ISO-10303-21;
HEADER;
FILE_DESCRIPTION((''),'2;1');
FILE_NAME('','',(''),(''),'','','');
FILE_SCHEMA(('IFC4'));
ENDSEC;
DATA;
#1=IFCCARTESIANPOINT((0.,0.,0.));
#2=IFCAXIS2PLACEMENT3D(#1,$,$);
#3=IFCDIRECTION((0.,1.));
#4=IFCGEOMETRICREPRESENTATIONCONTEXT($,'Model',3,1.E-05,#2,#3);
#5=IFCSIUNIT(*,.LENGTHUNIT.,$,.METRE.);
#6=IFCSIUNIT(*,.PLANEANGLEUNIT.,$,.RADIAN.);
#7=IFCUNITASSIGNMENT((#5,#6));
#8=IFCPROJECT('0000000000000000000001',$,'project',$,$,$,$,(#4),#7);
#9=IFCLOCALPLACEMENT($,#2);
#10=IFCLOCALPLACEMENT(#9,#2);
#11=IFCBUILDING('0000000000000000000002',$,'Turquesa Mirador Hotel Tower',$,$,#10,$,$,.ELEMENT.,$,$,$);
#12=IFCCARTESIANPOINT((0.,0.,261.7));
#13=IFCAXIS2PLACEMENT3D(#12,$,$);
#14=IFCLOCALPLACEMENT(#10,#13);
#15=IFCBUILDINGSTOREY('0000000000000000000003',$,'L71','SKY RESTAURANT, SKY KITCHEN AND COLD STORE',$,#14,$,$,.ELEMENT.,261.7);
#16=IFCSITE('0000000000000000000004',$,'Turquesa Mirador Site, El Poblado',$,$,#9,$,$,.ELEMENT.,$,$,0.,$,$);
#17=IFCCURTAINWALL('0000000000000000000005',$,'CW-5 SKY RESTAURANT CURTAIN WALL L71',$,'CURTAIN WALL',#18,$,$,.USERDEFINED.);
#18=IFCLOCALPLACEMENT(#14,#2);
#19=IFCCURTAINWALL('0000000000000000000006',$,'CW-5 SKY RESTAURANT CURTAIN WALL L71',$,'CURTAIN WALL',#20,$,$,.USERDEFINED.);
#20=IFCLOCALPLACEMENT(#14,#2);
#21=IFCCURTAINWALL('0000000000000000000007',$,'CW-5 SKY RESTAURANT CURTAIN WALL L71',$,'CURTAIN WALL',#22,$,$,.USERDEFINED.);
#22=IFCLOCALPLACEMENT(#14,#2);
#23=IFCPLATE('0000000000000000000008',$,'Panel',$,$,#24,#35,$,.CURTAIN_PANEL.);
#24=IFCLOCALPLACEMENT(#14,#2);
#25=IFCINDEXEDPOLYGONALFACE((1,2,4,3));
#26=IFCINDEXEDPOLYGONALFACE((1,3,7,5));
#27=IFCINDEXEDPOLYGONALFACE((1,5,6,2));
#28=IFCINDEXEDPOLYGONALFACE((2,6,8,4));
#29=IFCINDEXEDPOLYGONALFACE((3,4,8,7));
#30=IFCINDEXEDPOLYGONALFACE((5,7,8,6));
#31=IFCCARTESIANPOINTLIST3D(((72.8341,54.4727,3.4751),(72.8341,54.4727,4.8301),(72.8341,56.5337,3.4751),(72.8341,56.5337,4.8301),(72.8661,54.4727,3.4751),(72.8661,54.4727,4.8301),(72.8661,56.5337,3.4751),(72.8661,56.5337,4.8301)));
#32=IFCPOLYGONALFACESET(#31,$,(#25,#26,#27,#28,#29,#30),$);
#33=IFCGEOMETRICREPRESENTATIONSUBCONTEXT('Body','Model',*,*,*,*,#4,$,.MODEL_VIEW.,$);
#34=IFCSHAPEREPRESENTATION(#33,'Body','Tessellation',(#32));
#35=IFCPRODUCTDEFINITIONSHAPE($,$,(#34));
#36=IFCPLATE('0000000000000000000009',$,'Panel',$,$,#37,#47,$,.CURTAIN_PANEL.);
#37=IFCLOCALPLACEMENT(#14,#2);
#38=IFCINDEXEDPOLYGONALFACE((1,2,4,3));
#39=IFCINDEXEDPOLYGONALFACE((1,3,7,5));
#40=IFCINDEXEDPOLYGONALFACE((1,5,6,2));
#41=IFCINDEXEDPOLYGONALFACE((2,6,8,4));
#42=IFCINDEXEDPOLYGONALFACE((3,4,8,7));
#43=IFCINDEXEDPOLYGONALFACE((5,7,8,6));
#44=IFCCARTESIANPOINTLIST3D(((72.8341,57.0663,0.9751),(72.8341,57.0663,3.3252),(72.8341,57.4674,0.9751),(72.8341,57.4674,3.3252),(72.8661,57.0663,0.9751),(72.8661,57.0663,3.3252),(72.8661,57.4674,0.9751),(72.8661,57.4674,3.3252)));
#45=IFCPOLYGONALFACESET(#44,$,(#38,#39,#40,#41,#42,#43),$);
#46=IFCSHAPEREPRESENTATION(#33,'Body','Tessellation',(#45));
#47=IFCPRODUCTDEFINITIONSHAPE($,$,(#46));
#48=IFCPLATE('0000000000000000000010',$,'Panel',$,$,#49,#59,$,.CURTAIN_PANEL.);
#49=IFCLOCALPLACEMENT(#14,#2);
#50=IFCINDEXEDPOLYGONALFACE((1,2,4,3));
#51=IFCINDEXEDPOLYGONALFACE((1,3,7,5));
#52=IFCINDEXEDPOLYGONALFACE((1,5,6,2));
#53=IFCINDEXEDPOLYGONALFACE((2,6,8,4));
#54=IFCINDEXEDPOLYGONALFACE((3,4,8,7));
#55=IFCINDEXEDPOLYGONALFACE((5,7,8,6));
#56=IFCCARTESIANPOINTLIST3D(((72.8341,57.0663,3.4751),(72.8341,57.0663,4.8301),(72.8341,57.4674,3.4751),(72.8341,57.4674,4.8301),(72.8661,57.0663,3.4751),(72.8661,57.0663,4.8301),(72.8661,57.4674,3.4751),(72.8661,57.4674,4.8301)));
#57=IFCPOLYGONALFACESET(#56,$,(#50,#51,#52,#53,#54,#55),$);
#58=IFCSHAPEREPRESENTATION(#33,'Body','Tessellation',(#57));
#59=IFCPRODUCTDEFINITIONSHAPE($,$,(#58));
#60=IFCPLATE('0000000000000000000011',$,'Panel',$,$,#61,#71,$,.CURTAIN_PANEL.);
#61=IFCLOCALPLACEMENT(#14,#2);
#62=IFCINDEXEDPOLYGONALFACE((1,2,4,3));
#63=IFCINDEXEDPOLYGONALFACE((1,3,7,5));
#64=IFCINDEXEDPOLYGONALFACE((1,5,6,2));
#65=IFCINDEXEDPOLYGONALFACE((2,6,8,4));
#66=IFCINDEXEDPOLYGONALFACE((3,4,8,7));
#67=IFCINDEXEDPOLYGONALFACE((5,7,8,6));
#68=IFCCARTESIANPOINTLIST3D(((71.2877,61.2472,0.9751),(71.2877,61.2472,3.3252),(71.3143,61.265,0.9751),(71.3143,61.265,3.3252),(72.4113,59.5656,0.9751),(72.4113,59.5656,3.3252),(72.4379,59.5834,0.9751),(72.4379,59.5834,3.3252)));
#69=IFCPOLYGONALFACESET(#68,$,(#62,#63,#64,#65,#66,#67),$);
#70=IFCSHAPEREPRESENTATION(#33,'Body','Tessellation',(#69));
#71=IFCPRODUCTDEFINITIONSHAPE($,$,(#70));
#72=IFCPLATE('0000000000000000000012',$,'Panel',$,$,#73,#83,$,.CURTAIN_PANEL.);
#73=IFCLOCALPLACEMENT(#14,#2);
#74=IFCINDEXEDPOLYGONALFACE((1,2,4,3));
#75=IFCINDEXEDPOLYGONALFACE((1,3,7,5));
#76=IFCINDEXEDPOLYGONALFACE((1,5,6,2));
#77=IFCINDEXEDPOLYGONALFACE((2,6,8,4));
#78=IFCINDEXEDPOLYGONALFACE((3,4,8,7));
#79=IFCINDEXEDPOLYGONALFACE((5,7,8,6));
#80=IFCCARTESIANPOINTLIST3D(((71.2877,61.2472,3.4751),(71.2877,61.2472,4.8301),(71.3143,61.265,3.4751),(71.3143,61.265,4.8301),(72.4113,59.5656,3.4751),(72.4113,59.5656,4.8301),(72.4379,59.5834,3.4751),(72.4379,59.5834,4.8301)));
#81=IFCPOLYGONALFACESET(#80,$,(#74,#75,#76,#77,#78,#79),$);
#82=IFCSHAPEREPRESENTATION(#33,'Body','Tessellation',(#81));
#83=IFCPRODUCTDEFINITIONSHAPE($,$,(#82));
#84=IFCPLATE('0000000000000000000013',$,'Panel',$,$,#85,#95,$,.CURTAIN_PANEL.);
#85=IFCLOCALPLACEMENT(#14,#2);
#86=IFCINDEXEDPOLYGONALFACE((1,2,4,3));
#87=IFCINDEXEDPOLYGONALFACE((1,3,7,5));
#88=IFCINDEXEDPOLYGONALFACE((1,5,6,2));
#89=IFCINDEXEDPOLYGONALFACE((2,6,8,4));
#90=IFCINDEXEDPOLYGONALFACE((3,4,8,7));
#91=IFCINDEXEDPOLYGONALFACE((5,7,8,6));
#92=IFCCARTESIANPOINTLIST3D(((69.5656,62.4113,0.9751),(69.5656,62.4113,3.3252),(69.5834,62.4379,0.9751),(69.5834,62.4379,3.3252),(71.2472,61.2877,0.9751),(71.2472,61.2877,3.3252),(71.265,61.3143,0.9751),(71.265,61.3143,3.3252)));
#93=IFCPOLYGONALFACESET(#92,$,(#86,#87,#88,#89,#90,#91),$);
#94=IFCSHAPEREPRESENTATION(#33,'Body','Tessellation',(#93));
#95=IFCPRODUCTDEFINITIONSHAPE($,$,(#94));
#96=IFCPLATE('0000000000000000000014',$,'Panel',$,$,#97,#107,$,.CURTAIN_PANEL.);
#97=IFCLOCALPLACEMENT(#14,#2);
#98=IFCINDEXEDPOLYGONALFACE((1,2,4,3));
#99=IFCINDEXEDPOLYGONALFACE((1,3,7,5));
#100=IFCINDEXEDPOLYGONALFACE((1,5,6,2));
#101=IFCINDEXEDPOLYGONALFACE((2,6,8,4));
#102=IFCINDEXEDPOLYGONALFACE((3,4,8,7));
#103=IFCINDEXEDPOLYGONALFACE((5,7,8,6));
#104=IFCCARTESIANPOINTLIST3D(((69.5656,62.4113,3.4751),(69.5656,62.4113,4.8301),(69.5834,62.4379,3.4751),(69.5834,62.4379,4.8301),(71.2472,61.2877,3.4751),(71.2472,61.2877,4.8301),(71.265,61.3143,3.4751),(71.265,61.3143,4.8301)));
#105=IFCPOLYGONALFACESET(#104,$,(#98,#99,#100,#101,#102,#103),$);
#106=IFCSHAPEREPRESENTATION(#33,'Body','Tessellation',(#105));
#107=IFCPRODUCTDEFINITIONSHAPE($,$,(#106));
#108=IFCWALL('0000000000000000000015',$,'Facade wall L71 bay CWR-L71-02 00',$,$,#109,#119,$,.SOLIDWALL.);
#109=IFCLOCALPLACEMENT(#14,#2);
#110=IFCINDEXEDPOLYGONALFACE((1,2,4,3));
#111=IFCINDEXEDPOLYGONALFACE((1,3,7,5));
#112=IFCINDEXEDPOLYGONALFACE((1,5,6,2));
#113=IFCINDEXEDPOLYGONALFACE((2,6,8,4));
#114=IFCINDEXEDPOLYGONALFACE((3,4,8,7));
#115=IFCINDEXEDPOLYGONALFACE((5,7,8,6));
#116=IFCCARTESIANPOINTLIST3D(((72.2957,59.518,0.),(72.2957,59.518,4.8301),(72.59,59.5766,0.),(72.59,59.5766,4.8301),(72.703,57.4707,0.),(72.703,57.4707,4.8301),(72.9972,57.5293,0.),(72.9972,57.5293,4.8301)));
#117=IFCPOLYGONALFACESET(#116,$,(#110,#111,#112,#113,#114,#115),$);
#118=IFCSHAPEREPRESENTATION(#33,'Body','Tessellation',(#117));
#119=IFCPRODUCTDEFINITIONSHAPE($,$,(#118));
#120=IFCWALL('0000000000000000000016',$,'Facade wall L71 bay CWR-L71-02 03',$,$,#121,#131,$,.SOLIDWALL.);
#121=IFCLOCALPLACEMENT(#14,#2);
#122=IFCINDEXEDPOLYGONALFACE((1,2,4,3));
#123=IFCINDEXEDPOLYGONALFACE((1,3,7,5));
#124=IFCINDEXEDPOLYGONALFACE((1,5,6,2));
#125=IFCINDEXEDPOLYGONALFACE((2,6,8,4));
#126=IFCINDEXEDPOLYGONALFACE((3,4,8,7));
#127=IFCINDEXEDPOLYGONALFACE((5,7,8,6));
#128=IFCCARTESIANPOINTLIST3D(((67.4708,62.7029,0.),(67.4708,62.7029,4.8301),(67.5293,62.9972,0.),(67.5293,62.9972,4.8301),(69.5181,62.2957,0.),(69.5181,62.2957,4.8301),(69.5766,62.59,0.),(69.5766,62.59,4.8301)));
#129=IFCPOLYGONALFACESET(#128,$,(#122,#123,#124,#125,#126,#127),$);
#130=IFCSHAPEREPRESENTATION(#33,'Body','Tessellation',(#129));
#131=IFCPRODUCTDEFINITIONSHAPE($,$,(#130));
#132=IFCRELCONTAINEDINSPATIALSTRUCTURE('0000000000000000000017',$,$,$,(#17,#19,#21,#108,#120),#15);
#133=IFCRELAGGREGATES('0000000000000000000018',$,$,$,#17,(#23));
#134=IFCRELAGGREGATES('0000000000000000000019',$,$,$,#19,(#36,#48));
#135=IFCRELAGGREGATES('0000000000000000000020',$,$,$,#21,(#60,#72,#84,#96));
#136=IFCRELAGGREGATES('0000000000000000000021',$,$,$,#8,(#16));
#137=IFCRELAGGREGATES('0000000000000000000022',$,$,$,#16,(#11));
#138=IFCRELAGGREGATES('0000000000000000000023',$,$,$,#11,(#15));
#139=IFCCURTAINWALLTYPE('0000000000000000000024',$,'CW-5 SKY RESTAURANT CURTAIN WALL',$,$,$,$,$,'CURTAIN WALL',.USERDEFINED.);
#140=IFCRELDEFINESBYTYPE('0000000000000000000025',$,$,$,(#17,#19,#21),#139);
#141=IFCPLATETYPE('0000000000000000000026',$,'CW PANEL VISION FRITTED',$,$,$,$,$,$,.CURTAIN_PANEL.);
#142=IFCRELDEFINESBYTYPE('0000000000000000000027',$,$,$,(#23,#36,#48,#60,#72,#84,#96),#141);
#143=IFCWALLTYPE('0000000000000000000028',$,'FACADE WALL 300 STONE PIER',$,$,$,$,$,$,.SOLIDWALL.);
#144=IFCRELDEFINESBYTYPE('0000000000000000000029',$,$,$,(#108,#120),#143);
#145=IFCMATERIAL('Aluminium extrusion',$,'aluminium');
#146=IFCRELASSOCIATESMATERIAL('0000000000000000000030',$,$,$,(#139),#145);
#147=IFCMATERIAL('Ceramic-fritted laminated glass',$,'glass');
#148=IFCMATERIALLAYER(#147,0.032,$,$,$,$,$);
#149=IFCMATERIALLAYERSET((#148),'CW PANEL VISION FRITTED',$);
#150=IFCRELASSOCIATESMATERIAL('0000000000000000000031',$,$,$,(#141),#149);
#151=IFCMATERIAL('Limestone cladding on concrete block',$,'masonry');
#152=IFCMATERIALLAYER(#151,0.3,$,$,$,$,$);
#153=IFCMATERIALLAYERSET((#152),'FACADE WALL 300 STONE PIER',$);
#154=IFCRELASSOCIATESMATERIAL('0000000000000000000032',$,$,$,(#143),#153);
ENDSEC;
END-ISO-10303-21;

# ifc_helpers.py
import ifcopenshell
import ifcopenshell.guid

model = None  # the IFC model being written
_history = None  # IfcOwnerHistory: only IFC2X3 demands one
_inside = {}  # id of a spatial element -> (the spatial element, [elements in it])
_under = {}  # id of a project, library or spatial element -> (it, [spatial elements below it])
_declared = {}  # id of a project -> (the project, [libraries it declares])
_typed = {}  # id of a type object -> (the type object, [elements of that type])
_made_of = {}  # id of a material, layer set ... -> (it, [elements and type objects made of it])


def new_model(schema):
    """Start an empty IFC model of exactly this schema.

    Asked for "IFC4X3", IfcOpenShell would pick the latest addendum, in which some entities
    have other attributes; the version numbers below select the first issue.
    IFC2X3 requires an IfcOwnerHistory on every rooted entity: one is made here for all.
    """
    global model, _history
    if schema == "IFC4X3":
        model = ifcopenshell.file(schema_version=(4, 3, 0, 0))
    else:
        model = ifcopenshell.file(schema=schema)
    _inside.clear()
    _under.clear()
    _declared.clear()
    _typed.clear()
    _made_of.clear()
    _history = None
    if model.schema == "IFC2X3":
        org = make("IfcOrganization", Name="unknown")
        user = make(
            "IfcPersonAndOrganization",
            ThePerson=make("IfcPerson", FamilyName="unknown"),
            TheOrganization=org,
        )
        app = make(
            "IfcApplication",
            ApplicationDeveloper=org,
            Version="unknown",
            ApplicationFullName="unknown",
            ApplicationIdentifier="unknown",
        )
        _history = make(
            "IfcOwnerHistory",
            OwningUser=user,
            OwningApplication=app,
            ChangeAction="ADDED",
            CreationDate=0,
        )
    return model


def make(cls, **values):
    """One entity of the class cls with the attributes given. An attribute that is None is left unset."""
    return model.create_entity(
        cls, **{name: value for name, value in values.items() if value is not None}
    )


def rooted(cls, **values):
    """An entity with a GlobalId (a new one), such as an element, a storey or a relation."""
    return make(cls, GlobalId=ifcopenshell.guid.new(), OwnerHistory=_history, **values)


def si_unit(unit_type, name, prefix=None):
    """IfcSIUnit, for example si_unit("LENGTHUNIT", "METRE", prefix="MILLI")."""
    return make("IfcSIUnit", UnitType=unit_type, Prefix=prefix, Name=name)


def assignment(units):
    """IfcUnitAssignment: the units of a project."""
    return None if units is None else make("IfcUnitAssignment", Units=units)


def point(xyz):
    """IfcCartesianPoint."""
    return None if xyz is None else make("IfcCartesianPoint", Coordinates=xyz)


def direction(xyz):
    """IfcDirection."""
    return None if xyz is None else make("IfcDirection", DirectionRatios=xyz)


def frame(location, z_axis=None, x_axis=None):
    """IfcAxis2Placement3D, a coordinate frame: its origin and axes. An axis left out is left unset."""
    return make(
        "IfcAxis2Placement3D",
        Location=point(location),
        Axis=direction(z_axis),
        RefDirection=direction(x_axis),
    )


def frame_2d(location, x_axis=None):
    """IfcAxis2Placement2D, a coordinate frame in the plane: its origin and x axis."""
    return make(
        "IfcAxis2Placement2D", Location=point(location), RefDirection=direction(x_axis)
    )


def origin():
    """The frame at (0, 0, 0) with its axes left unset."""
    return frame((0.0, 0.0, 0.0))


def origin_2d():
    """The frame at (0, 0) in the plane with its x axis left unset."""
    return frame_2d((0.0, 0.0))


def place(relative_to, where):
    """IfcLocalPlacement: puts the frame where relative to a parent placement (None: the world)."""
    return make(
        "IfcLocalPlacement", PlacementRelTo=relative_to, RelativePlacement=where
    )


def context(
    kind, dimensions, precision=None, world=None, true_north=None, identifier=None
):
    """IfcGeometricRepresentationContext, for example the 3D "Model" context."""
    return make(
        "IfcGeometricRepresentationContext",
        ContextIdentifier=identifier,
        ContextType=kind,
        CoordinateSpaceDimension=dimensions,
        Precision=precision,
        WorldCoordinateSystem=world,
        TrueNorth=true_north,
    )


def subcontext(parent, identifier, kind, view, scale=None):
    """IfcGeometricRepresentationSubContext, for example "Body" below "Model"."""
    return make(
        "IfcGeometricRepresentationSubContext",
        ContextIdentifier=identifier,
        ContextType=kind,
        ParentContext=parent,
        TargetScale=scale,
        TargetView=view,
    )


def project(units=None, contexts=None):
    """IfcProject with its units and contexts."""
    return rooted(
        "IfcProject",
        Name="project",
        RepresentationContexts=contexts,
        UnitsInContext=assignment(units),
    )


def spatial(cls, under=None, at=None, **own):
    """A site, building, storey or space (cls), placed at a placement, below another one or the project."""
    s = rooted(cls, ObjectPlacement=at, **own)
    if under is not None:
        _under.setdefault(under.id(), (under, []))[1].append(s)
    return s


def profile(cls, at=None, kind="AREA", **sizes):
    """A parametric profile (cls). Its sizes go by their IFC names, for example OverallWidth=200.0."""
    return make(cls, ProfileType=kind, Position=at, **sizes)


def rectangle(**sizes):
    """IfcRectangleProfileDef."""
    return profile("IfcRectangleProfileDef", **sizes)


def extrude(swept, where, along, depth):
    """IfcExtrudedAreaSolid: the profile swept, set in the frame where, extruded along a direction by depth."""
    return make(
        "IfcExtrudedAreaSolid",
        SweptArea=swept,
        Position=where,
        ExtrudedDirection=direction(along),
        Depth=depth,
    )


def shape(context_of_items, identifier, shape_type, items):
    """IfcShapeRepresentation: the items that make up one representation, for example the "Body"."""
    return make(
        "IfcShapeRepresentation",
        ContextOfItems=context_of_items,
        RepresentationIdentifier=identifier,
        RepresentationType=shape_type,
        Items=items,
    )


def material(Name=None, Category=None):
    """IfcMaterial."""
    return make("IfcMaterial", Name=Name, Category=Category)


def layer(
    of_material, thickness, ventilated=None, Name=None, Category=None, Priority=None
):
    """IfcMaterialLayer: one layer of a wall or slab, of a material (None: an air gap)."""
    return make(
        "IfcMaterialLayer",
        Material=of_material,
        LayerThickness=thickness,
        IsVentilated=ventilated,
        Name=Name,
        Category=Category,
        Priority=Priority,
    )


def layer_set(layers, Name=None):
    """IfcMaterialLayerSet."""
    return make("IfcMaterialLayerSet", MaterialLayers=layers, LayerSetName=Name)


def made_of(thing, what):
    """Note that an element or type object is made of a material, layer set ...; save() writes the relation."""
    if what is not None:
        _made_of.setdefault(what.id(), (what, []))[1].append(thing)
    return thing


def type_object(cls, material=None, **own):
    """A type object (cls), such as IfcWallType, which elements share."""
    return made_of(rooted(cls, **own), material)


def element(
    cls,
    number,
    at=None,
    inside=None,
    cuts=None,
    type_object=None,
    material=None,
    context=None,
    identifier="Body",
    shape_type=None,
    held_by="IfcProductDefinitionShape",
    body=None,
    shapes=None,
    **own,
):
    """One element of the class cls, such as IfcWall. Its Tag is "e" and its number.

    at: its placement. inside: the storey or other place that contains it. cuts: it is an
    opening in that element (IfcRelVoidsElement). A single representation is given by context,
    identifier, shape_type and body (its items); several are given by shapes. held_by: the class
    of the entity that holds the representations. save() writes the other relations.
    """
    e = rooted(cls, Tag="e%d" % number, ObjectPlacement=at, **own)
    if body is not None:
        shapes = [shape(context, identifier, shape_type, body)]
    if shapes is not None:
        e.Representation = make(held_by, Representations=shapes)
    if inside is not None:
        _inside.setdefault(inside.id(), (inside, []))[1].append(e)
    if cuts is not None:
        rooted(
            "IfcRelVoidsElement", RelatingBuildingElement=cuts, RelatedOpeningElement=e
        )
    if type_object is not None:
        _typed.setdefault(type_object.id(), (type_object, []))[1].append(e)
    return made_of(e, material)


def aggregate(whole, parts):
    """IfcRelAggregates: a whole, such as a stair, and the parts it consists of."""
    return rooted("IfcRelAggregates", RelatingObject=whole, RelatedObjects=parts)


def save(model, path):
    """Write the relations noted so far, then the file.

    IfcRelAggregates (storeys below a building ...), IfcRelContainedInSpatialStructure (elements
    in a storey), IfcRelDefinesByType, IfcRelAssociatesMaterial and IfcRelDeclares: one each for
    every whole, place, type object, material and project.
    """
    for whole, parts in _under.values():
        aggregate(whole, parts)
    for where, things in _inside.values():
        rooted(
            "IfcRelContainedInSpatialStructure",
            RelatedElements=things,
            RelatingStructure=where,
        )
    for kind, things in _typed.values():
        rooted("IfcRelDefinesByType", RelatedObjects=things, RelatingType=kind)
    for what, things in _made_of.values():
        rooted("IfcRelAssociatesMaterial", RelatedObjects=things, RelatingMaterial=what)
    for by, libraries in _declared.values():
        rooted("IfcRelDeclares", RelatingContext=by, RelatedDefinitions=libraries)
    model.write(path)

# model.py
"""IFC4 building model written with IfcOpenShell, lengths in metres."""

from ifc_helpers import new_model, si_unit, direction, frame, frame_2d, origin, origin_2d, place, context, subcontext, project, spatial, rectangle, extrude, material, layer, layer_set, type_object, element, aggregate, save


model = new_model("IFC4")

# Units and contexts
model_context = context("Model", 3, precision=1e-05, world=origin(), true_north=direction((0.0, 1.0)))
body_context = subcontext(model_context, "Body", "Model", "MODEL_VIEW")
ifc_project = project(units=[si_unit("LENGTHUNIT", "METRE"), si_unit("PLANEANGLEUNIT", "RADIAN")], contexts=[model_context])

# Site, building, storey
site_placement = place(None, origin())
site = spatial("IfcSite", under=ifc_project, at=site_placement, Name="Turquesa Mirador Site, El Poblado", CompositionType="ELEMENT", RefElevation=0.0)
building_placement = place(site_placement, origin())
building = spatial("IfcBuilding", under=site, at=building_placement, Name="Turquesa Mirador Hotel Tower", CompositionType="ELEMENT")
storey_placement = place(building_placement, frame((0.0, 0.0, 261.7)))
storey = spatial("IfcBuildingStorey", under=building, at=storey_placement, Name="L71", Description="SKY RESTAURANT, SKY KITCHEN AND COLD STORE", CompositionType="ELEMENT", Elevation=261.7)

# Curtain wall
ifc_material_1 = material(Name="Aluminium extrusion", Category="aluminium")
curtain_wall_type = type_object("IfcCurtainWallType", Name="CW-5 SKY RESTAURANT CURTAIN WALL", ElementType="CURTAIN WALL", PredefinedType="USERDEFINED", material=ifc_material_1)
curtain_wall_1_placement = place(storey_placement, origin())
curtain_wall_1 = element("IfcCurtainWall", 1, at=curtain_wall_1_placement, inside=storey, type_object=curtain_wall_type, Name="CW-5 SKY RESTAURANT CURTAIN WALL L71", ObjectType="CURTAIN WALL", PredefinedType="USERDEFINED")

# Curtain walls
curtain_wall_2_placement = place(storey_placement, origin())
curtain_wall_2 = element("IfcCurtainWall", 2, at=curtain_wall_2_placement, inside=storey, type_object=curtain_wall_type, Name="CW-5 SKY RESTAURANT CURTAIN WALL L71", ObjectType="CURTAIN WALL", PredefinedType="USERDEFINED")
curtain_wall_3_placement = place(storey_placement, origin())
curtain_wall_3 = element("IfcCurtainWall", 3, at=curtain_wall_3_placement, inside=storey, type_object=curtain_wall_type, Name="CW-5 SKY RESTAURANT CURTAIN WALL L71", ObjectType="CURTAIN WALL", PredefinedType="USERDEFINED")

# Plates
ifc_material_2 = material(Name="Ceramic-fritted laminated glass", Category="glass")
ifc_layer_1 = layer(ifc_material_2, 0.032)
ifc_layer_set_1 = layer_set([ifc_layer_1], Name="CW PANEL VISION FRITTED")
plate_type_1 = type_object("IfcPlateType", Name="CW PANEL VISION FRITTED", PredefinedType="CURTAIN_PANEL", material=ifc_layer_set_1)
plate_1_placement = place(storey_placement, frame((72.8501, 55.5032, 3.4751), z_axis=(0.0, 0.0, 1.0), x_axis=(0.0, 1.0, 0.0)))
plate_1 = element("IfcPlate", 4, at=plate_1_placement, type_object=plate_type_1, Name="Panel", PredefinedType="CURTAIN_PANEL", context=body_context, shape_type="SweptSolid", body=[
    extrude(rectangle(XDim=2.061, YDim=0.032, at=origin_2d()), origin(), (0.0, 0.0, 1.0), 1.355),
])
aggregate(curtain_wall_1, [plate_1])
plate_2_placement = place(storey_placement, frame((72.8501, 57.2668, 0.9751), z_axis=(0.0, 0.0, 1.0), x_axis=(0.0, 1.0, 0.0)))
plate_2 = element("IfcPlate", 5, at=plate_2_placement, type_object=plate_type_1, Name="Panel", PredefinedType="CURTAIN_PANEL", context=body_context, shape_type="SweptSolid", body=[
    extrude(rectangle(XDim=0.4011, YDim=0.032, at=origin_2d()), origin(), (0.0, 0.0, 1.0), 2.3501),
])
plate_3_placement = place(storey_placement, frame((72.8501, 57.2668, 3.4751), z_axis=(0.0, 0.0, 1.0), x_axis=(0.0, 1.0, 0.0)))
plate_3 = element("IfcPlate", 6, at=plate_3_placement, type_object=plate_type_1, Name="Panel", PredefinedType="CURTAIN_PANEL", context=body_context, shape_type="SweptSolid", body=[
    extrude(rectangle(XDim=0.4011, YDim=0.032, at=origin_2d()), origin(), (0.0, 0.0, 1.0), 1.355),
])
aggregate(curtain_wall_2, [plate_2, plate_3])
plate_4_placement = place(storey_placement, frame((71.8628, 60.4153, 0.9751), z_axis=(0.0, 0.0, 1.0), x_axis=(-0.55557, 0.83147, 0.0)))
plate_4 = element("IfcPlate", 7, at=plate_4_placement, type_object=plate_type_1, Name="Panel", PredefinedType="CURTAIN_PANEL", context=body_context, shape_type="SweptSolid", body=[
    extrude(rectangle(XDim=2.0225, YDim=0.032, at=origin_2d()), origin(), (0.0, 0.0, 1.0), 2.3501),
])
plate_5_placement = place(storey_placement, frame((71.8628, 60.4153, 3.4751), z_axis=(0.0, 0.0, 1.0), x_axis=(-0.55557, 0.83147, 0.0)))
plate_5 = element("IfcPlate", 8, at=plate_5_placement, type_object=plate_type_1, Name="Panel", PredefinedType="CURTAIN_PANEL", context=body_context, shape_type="SweptSolid", body=[
    extrude(rectangle(XDim=2.0225, YDim=0.032, at=origin_2d()), origin(), (0.0, 0.0, 1.0), 1.355),
])
plate_6_placement = place(storey_placement, frame((70.4153, 61.8628, 0.9751), z_axis=(0.0, 0.0, 1.0), x_axis=(-0.83147, 0.55557, 0.0)))
plate_6 = element("IfcPlate", 9, at=plate_6_placement, type_object=plate_type_1, Name="Panel", PredefinedType="CURTAIN_PANEL", context=body_context, shape_type="SweptSolid", body=[
    extrude(rectangle(XDim=2.0225, YDim=0.032, at=origin_2d()), origin(), (0.0, 0.0, 1.0), 2.3501),
])
plate_7_placement = place(storey_placement, frame((70.4153, 61.8628, 3.4751), z_axis=(0.0, 0.0, 1.0), x_axis=(-0.83147, 0.55557, 0.0)))
plate_7 = element("IfcPlate", 10, at=plate_7_placement, type_object=plate_type_1, Name="Panel", PredefinedType="CURTAIN_PANEL", context=body_context, shape_type="SweptSolid", body=[
    extrude(rectangle(XDim=2.0225, YDim=0.032, at=origin_2d()), origin(), (0.0, 0.0, 1.0), 1.355),
])
aggregate(curtain_wall_3, [plate_4, plate_5, plate_6, plate_7])

# Walls
ifc_material_3 = material(Name="Limestone cladding on concrete block", Category="masonry")
ifc_layer_2 = layer(ifc_material_3, 0.3)
ifc_layer_set_2 = layer_set([ifc_layer_2], Name="FACADE WALL 300 STONE PIER")
wall_type = type_object("IfcWallType", Name="FACADE WALL 300 STONE PIER", PredefinedType="SOLIDWALL", material=ifc_layer_set_2)
for number, where, z_axis, x_axis, name in (
    (11, (72.8501, 57.5, 0.0), (0.0, 0.0, 1.0), (-0.195081, 0.980787, 0.0), "Facade wall L71 bay CWR-L71-02 00"),
    (12, (69.5474, 62.4429, 0.0), (0.0, 0.0, 1.0), (-0.980787, 0.195081, 0.0), "Facade wall L71 bay CWR-L71-02 03"),
):
    element("IfcWall", number, at=place(storey_placement, frame(where, z_axis=z_axis, x_axis=x_axis)), inside=storey, type_object=wall_type, Name=name, PredefinedType="SOLIDWALL", context=body_context, shape_type="SweptSolid", body=[
        extrude(rectangle(XDim=2.0874, YDim=0.3, at=frame_2d((1.0437, 0.0))), origin(), (0.0, 0.0, 1.0), 4.8301),
    ])

save(model, "model.ifc")
